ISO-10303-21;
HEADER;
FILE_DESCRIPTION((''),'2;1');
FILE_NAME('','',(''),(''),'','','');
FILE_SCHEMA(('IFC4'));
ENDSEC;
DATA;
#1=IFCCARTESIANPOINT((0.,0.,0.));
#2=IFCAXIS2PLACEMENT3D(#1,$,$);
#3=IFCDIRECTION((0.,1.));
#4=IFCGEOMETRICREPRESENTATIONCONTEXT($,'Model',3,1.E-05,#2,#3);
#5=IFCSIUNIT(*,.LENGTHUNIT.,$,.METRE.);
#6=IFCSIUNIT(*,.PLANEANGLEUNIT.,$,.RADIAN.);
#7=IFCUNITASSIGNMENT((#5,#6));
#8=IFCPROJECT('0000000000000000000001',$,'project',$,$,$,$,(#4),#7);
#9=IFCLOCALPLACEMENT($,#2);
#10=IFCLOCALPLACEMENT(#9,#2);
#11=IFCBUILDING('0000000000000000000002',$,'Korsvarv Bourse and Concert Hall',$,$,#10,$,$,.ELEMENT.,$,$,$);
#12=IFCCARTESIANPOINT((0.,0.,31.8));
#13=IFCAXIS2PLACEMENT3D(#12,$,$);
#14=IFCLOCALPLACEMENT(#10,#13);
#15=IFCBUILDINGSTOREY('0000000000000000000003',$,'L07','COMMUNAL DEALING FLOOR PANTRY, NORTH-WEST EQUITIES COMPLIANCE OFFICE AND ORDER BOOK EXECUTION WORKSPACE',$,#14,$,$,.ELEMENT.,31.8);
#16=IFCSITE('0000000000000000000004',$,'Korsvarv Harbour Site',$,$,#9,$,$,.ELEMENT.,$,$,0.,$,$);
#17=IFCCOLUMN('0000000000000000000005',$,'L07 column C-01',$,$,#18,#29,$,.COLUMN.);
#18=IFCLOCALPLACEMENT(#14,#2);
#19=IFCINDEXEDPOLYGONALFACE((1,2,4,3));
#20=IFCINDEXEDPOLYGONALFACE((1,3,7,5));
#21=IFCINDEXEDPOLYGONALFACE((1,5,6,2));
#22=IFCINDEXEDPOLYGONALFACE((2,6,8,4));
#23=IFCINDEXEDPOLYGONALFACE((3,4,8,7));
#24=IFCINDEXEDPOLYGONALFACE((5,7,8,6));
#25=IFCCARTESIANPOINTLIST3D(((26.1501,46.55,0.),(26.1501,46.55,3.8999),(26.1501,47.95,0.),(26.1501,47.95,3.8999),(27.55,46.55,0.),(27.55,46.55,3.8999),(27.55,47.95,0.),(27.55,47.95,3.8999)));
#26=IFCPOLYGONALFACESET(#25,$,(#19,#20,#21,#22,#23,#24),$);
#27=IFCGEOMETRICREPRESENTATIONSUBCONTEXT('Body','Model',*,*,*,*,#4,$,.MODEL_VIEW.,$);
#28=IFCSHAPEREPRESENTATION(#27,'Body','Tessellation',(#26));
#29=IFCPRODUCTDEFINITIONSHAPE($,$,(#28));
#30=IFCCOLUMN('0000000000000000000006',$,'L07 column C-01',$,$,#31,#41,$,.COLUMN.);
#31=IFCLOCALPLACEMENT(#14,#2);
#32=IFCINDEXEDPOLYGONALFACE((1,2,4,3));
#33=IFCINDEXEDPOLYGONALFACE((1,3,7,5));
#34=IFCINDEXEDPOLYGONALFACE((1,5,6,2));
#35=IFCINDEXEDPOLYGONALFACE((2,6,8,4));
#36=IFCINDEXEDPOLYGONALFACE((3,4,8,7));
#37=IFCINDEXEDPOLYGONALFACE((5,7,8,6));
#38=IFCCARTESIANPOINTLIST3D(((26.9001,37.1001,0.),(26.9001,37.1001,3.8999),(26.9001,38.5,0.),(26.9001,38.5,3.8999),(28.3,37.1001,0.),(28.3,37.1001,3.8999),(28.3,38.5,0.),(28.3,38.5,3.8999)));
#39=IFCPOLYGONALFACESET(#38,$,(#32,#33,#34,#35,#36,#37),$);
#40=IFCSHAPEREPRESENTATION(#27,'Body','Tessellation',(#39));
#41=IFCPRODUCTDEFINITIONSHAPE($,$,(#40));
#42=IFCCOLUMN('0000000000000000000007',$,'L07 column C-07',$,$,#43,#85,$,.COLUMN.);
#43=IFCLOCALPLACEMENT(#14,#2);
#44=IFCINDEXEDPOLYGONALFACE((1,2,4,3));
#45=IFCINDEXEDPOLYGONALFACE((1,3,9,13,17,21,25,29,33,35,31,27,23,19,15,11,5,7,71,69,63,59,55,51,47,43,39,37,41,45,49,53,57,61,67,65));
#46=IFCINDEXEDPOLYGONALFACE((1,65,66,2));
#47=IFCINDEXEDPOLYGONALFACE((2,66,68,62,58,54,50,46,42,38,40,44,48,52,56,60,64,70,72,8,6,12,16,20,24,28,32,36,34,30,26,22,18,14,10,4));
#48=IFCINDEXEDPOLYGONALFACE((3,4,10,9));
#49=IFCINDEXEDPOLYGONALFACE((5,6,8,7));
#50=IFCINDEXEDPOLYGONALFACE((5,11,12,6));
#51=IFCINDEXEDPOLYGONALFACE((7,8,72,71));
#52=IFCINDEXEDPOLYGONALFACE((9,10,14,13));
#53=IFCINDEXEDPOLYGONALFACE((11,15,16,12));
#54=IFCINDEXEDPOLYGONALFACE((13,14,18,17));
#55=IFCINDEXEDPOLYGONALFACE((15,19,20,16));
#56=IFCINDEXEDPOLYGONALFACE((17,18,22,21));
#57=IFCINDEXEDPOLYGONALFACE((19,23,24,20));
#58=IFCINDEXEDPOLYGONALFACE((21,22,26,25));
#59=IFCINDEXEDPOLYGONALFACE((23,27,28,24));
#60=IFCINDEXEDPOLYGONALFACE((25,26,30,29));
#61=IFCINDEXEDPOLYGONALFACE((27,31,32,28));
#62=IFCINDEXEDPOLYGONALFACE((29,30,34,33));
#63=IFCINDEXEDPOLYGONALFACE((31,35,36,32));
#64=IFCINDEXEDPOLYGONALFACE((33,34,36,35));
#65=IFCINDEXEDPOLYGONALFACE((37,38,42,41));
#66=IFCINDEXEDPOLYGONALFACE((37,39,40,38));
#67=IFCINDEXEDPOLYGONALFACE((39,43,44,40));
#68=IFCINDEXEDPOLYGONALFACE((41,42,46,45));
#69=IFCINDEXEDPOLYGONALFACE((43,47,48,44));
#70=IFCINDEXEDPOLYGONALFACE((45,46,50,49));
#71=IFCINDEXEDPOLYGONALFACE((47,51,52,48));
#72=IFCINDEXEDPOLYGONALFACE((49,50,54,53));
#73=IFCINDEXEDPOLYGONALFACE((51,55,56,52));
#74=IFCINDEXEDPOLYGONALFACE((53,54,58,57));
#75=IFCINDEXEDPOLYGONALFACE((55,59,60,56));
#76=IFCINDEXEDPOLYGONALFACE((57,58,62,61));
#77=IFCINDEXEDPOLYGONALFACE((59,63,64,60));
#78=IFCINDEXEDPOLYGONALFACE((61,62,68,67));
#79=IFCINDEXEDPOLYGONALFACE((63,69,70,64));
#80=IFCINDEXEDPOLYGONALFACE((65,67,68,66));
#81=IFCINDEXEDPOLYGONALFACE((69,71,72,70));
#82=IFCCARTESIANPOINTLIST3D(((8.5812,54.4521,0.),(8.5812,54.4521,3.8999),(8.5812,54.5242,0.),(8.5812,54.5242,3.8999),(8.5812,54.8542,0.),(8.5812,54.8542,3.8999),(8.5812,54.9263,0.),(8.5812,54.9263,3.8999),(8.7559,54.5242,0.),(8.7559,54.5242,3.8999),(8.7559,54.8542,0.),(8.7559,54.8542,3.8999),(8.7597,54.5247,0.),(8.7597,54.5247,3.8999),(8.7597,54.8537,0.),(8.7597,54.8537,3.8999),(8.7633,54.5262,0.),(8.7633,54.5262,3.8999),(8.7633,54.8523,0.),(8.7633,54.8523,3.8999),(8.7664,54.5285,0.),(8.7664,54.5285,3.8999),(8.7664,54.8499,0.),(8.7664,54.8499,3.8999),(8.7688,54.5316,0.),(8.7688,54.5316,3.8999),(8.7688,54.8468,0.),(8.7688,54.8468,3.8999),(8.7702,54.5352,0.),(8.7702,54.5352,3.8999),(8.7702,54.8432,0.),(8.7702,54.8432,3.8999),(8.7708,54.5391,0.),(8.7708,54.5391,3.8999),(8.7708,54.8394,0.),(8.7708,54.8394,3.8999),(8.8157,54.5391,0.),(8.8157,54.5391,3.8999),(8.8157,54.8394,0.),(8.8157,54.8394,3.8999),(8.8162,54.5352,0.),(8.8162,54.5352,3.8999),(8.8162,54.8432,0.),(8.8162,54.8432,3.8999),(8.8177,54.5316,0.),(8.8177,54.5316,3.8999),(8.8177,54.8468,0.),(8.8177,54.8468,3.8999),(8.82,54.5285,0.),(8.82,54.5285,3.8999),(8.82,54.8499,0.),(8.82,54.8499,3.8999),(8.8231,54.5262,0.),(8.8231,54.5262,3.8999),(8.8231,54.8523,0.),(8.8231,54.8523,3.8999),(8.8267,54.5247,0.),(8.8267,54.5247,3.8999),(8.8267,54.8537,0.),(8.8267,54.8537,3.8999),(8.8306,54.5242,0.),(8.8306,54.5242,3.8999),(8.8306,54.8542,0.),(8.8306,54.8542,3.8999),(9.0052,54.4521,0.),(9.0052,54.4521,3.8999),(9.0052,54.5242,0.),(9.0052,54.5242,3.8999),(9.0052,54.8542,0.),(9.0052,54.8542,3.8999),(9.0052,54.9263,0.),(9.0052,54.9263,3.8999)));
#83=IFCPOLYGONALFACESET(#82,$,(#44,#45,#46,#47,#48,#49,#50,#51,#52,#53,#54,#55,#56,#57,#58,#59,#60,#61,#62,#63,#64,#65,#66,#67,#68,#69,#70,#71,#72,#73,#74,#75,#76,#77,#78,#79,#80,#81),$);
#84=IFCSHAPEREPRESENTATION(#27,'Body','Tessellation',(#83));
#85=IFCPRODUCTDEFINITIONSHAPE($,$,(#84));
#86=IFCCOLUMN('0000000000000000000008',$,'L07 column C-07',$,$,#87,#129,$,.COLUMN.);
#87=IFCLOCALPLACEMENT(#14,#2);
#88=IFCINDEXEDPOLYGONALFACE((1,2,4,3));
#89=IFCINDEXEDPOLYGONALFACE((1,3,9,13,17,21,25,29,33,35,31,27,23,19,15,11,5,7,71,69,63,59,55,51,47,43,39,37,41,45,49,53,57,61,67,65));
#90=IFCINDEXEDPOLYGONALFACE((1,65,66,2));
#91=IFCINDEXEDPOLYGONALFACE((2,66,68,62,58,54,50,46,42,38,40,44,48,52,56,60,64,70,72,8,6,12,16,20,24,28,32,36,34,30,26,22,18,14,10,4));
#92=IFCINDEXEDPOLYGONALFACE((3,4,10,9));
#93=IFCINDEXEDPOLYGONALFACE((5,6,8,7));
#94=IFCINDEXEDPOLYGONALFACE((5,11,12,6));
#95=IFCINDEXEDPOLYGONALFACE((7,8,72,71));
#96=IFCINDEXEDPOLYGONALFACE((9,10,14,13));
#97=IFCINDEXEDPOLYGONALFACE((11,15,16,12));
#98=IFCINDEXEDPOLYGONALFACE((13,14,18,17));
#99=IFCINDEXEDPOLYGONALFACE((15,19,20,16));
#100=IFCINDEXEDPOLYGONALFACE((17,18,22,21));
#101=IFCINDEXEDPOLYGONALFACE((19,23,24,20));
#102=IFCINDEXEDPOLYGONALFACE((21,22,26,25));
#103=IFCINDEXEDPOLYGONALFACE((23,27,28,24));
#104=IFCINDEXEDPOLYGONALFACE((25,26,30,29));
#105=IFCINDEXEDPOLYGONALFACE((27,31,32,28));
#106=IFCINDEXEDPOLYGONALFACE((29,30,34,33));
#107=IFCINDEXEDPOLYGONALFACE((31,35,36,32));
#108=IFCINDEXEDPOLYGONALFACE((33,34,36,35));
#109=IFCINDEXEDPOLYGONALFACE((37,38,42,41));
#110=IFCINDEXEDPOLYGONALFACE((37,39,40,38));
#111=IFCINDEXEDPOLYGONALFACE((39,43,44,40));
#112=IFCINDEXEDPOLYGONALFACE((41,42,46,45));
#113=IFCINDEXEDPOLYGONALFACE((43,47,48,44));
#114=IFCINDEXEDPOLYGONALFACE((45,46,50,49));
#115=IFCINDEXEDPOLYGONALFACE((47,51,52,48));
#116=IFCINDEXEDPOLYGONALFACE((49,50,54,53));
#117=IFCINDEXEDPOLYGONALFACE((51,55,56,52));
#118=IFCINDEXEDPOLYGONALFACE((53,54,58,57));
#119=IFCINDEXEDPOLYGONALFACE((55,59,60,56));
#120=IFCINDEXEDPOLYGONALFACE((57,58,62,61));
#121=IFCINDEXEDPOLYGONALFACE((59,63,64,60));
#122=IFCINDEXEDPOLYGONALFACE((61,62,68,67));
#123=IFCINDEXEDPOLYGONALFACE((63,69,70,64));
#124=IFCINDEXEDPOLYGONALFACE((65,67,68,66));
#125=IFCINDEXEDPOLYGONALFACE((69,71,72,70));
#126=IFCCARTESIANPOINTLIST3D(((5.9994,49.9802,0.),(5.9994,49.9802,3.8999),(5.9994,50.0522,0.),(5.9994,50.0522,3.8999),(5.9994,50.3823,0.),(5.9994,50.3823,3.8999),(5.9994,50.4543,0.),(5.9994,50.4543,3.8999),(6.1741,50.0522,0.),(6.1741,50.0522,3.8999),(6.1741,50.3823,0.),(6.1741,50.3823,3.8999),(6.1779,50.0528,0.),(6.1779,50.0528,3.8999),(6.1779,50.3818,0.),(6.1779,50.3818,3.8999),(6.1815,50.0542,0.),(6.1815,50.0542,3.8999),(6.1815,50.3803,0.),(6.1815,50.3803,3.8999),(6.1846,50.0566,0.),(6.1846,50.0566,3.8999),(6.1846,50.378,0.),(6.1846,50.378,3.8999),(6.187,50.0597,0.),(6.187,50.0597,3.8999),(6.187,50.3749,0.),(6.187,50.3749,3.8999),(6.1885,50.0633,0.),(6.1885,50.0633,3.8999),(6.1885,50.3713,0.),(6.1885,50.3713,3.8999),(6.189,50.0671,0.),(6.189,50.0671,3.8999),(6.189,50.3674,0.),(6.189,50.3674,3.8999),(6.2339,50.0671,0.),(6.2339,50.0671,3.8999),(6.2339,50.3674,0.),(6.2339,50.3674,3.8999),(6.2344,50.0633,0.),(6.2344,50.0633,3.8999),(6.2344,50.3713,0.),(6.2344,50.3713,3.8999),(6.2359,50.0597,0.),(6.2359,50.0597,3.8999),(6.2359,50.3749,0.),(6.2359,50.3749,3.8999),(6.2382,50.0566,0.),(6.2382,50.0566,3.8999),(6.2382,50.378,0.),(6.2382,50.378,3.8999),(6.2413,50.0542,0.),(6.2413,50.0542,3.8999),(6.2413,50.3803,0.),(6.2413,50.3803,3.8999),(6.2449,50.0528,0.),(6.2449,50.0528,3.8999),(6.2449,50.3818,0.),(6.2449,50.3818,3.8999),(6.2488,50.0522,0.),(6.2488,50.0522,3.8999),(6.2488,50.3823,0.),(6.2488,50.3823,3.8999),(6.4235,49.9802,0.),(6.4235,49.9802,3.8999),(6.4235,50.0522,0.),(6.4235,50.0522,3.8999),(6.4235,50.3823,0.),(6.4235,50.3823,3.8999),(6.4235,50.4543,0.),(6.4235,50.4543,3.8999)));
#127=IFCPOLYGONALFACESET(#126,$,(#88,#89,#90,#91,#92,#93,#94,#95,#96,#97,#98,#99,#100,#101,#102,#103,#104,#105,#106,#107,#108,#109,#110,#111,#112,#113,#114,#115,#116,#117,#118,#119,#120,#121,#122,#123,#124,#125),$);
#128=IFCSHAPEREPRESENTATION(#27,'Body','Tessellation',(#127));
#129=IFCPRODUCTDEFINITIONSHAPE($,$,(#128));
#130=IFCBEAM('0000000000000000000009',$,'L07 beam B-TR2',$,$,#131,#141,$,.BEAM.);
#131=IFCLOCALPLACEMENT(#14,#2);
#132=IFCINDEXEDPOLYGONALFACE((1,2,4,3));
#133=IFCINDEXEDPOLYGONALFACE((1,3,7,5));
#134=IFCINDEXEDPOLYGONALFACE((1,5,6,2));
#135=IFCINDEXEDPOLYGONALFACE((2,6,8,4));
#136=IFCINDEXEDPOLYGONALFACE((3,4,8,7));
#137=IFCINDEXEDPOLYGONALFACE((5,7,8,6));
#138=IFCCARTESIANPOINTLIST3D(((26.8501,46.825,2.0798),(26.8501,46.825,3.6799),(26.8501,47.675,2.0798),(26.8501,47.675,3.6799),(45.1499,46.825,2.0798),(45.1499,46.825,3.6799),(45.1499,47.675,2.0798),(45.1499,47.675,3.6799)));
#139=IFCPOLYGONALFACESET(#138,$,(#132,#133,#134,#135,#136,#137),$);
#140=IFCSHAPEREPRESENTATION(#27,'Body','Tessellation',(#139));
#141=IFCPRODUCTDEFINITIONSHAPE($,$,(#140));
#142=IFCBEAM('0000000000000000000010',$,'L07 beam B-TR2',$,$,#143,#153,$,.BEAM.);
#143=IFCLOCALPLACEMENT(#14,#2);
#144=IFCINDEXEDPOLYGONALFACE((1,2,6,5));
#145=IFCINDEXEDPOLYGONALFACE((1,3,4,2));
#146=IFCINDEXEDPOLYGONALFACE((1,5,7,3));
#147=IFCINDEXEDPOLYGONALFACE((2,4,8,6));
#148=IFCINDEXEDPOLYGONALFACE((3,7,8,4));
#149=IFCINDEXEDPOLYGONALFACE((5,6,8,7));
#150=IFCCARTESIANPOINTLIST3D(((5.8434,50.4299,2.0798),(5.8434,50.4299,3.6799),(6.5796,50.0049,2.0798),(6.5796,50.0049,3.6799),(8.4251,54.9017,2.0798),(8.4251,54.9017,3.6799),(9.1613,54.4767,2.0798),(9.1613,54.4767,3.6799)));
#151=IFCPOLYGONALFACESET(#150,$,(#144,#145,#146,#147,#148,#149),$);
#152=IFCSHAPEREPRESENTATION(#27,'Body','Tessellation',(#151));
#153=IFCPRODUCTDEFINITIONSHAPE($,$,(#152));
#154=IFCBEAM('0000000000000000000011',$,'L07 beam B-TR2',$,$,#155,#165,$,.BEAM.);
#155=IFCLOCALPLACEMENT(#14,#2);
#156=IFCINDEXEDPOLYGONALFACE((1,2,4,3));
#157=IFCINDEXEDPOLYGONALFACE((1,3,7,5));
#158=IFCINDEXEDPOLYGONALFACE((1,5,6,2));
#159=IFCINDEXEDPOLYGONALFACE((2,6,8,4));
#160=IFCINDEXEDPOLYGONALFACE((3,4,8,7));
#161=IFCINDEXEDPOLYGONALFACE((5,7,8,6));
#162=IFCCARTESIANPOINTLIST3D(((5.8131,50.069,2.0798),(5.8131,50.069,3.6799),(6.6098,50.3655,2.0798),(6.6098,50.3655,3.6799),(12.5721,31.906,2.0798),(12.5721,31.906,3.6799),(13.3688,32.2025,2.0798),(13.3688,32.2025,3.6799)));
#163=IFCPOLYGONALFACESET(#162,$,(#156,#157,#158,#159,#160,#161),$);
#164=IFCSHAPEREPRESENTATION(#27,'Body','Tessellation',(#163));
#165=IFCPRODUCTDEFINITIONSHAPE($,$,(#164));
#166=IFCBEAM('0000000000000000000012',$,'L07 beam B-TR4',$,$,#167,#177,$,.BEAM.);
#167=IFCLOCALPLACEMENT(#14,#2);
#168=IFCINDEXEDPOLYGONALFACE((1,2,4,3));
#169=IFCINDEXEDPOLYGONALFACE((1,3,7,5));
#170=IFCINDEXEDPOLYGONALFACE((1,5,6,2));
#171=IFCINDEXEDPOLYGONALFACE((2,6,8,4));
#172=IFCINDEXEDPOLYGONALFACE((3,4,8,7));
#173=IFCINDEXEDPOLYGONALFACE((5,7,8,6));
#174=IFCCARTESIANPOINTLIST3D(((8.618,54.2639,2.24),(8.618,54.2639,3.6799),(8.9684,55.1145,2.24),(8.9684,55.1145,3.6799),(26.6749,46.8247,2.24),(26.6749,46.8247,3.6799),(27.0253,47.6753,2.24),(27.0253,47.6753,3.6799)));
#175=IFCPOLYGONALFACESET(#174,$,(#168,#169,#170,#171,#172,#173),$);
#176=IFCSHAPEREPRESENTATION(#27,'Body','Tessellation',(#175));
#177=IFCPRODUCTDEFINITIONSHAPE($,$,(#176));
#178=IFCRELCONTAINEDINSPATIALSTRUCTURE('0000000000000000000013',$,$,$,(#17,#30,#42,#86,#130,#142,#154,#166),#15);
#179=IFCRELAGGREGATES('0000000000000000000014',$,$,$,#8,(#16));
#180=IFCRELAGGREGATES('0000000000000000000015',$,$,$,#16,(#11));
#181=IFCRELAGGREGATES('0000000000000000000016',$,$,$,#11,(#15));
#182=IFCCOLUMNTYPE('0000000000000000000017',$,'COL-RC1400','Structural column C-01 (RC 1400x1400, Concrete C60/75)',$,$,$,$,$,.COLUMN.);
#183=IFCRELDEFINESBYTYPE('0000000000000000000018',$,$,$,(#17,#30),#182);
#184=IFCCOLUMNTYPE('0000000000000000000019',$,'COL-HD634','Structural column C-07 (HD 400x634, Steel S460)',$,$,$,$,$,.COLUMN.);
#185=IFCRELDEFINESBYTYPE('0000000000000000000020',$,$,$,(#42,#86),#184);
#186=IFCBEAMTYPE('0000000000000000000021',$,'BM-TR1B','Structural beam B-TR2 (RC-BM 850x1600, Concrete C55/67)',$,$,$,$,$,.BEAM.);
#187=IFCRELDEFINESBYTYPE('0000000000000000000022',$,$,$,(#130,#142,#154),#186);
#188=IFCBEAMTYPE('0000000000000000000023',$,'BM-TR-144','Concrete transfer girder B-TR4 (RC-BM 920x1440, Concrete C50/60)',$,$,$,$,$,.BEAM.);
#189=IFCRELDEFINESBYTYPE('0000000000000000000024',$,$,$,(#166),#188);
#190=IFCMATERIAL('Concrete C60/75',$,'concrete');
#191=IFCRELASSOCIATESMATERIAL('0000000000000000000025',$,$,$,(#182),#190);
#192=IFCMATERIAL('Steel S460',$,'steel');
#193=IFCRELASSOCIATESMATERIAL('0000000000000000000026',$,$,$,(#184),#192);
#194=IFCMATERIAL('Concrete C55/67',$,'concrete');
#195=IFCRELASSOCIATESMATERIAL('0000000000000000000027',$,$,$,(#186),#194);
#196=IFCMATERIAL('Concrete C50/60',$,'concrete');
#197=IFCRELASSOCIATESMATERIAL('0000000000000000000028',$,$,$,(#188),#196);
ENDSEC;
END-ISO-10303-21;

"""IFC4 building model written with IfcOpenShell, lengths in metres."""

from ifc_helpers import new_model, si_unit, direction, frame, origin, origin_2d, place, context, subcontext, project, spatial, rectangle, i_section, extrude, source, transform, mapped, material, material_profile, profile_set, type_object, element, save


model = new_model("IFC4")

# Units and contexts
model_context = context("Model", 3, precision=1e-05, world=origin(), true_north=direction((0.0, 1.0)))
body_context = subcontext(model_context, "Body", "Model", "MODEL_VIEW")
ifc_project = project(units=[si_unit("LENGTHUNIT", "METRE"), si_unit("PLANEANGLEUNIT", "RADIAN")], contexts=[model_context])

# Site, building, storey
site_placement = place(None, origin())
site = spatial("IfcSite", under=ifc_project, at=site_placement, Name="Korsvarv Harbour Site", CompositionType="ELEMENT", RefElevation=0.0)
building_placement = place(site_placement, origin())
building = spatial("IfcBuilding", under=site, at=building_placement, Name="Korsvarv Bourse and Concert Hall", CompositionType="ELEMENT")
storey_placement = place(building_placement, frame((0.0, 0.0, 31.8)))
storey = spatial("IfcBuildingStorey", under=building, at=storey_placement, Name="L07", Description="COMMUNAL DEALING FLOOR PANTRY, NORTH-WEST EQUITIES COMPLIANCE OFFICE AND ORDER BOOK EXECUTION WORKSPACE", CompositionType="ELEMENT", Elevation=31.8)

# Columns
ifc_material_1 = material(Name="Concrete C60/75", Category="concrete")
ifc_material_profile_1 = material_profile(ifc_material_1, rectangle(XDim=1.3999, YDim=1.3999, at=origin_2d()), Name="RC 1400x1400")
ifc_profile_set_1 = profile_set([ifc_material_profile_1], Name="Concrete C60/75")
column_type_1 = type_object("IfcColumnType", Name="COL-RC1400", Description="Structural column C-01 (RC 1400x1400, Concrete C60/75)", PredefinedType="COLUMN", material=ifc_profile_set_1)
shared_shape_1 = source(origin(), body_context, "Body", "SweptSolid", [
    extrude(rectangle(XDim=1.3999, YDim=1.3999, at=origin_2d()), origin(), (0.0, 0.0, 1.0), 3.8999),
])
for number, where, z_axis, x_axis, name in (
    (1, (26.8501, 47.25, 0.0), (0.0, 0.0, 1.0), (1.0, 0.0, 0.0), "L07 column C-01"),
    (2, (27.6001, 37.8, 0.0), (0.0, 0.0, 1.0), (1.0, 0.0, 0.0), "L07 column C-01"),
):
    element("IfcColumn", number, at=place(storey_placement, frame(where, z_axis=z_axis, x_axis=x_axis)), inside=storey, type_object=column_type_1, Name=name, PredefinedType="COLUMN", context=body_context, shape_type="MappedRepresentation", body=[
        mapped(shared_shape_1, transform((0.0, 0.0, 0.0), scale=1.0)),
    ])
ifc_material_2 = material(Name="Steel S460", Category="steel")
ifc_material_profile_2 = material_profile(ifc_material_2, i_section(OverallWidth=0.4241, OverallDepth=0.4741, WebThickness=0.0449, FlangeThickness=0.072, FilletRadius=0.0149, at=origin_2d()), Name="HD 400x634")
ifc_profile_set_2 = profile_set([ifc_material_profile_2], Name="Steel S460")
column_type_2 = type_object("IfcColumnType", Name="COL-HD634", Description="Structural column C-07 (HD 400x634, Steel S460)", PredefinedType="COLUMN", material=ifc_profile_set_2)
shared_shape_2 = source(origin(), body_context, "Body", "SweptSolid", [
    extrude(i_section(OverallWidth=0.4241, OverallDepth=0.4741, WebThickness=0.0449, FlangeThickness=0.072, FilletRadius=0.0149, at=origin_2d()), origin(), (0.0, 0.0, 1.0), 3.8999),
])
for number, where, z_axis, x_axis, name in (
    (3, (8.7932, 54.6892, 0.0), (0.0, 0.0, 1.0), (1.0, 0.0, 0.0), "L07 column C-07"),
    (4, (6.2114, 50.2173, 0.0), (0.0, 0.0, 1.0), (1.0, 0.0, 0.0), "L07 column C-07"),
):
    element("IfcColumn", number, at=place(storey_placement, frame(where, z_axis=z_axis, x_axis=x_axis)), inside=storey, type_object=column_type_2, Name=name, PredefinedType="COLUMN", context=body_context, shape_type="MappedRepresentation", body=[
        mapped(shared_shape_2, transform((0.0, 0.0, 0.0), scale=1.0)),
    ])

# Beams
ifc_material_3 = material(Name="Concrete C55/67", Category="concrete")
ifc_material_profile_3 = material_profile(ifc_material_3, rectangle(XDim=0.8501, YDim=1.6001, at=origin_2d()), Name="RC-BM 850x1600")
ifc_profile_set_3 = profile_set([ifc_material_profile_3], Name="Concrete C55/67")
beam_type_1 = type_object("IfcBeamType", Name="BM-TR1B", Description="Structural beam B-TR2 (RC-BM 850x1600, Concrete C55/67)", PredefinedType="BEAM", material=ifc_profile_set_3)
shared_shape_3 = source(origin(), body_context, "Body", "SweptSolid", [
    extrude(rectangle(XDim=0.8501, YDim=1.6001, at=origin_2d()), origin(), (0.0, 0.0, 1.0), 18.2998),
])
beam_1_placement = place(storey_placement, frame((26.8501, 47.25, 2.8799), z_axis=(1.0, 0.0, 0.0), x_axis=(0.0, 1.0, 0.0)))
element("IfcBeam", 5, at=beam_1_placement, inside=storey, type_object=beam_type_1, Name="L07 beam B-TR2", PredefinedType="BEAM", context=body_context, shape_type="MappedRepresentation", body=[
    mapped(shared_shape_3, transform((0.0, 0.0, 0.0), scale=1.0)),
])
shared_shape_4 = source(origin(), body_context, "Body", "SweptSolid", [
    extrude(rectangle(XDim=0.8501, YDim=1.6001, at=origin_2d()), origin(), (0.0, 0.0, 1.0), 5.1636),
])
beam_2_placement = place(storey_placement, frame((8.7932, 54.6892, 2.8799), z_axis=(-0.499988, -0.866032, 0.0), x_axis=(0.866032, -0.499988, 0.0)))
element("IfcBeam", 6, at=beam_2_placement, inside=storey, type_object=beam_type_1, Name="L07 beam B-TR2", PredefinedType="BEAM", context=body_context, shape_type="MappedRepresentation", body=[
    mapped(shared_shape_4, transform((0.0, 0.0, 0.0), scale=1.0)),
])
shared_shape_5 = source(origin(), body_context, "Body", "SweptSolid", [
    extrude(rectangle(XDim=0.8501, YDim=1.6001, at=origin_2d()), origin(), (0.0, 0.0, 1.0), 19.3799),
])
beam_3_placement = place(storey_placement, frame((6.2114, 50.2173, 2.8799), z_axis=(0.348764, -0.93721, 0.0), x_axis=(0.93721, 0.348764, 0.0)))
element("IfcBeam", 7, at=beam_3_placement, inside=storey, type_object=beam_type_1, Name="L07 beam B-TR2", PredefinedType="BEAM", context=body_context, shape_type="MappedRepresentation", body=[
    mapped(shared_shape_5, transform((0.0, 0.0, 0.0), scale=1.0)),
])
ifc_material_4 = material(Name="Concrete C50/60", Category="concrete")
ifc_material_profile_4 = material_profile(ifc_material_4, rectangle(XDim=0.9199, YDim=1.4399, at=origin_2d()), Name="RC-BM 920x1440")
ifc_profile_set_4 = profile_set([ifc_material_profile_4], Name="Concrete C50/60")
beam_type_2 = type_object("IfcBeamType", Name="BM-TR-144", Description="Concrete transfer girder B-TR4 (RC-BM 920x1440, Concrete C50/60)", PredefinedType="BEAM", material=ifc_profile_set_4)
shared_shape_6 = source(origin(), body_context, "Body", "SweptSolid", [
    extrude(rectangle(XDim=0.9199, YDim=1.4399, at=origin_2d()), origin(), (0.0, 0.0, 1.0), 19.5293),
])
beam_4_placement = place(storey_placement, frame((8.7932, 54.6892, 2.96), z_axis=(0.924606, -0.380926, 0.0), x_axis=(0.380926, 0.924606, 0.0)))
element("IfcBeam", 8, at=beam_4_placement, inside=storey, type_object=beam_type_2, Name="L07 beam B-TR4", PredefinedType="BEAM", context=body_context, shape_type="MappedRepresentation", body=[
    mapped(shared_shape_6, transform((0.0, 0.0, 0.0), scale=1.0)),
])

save(model, "model.ifc")
